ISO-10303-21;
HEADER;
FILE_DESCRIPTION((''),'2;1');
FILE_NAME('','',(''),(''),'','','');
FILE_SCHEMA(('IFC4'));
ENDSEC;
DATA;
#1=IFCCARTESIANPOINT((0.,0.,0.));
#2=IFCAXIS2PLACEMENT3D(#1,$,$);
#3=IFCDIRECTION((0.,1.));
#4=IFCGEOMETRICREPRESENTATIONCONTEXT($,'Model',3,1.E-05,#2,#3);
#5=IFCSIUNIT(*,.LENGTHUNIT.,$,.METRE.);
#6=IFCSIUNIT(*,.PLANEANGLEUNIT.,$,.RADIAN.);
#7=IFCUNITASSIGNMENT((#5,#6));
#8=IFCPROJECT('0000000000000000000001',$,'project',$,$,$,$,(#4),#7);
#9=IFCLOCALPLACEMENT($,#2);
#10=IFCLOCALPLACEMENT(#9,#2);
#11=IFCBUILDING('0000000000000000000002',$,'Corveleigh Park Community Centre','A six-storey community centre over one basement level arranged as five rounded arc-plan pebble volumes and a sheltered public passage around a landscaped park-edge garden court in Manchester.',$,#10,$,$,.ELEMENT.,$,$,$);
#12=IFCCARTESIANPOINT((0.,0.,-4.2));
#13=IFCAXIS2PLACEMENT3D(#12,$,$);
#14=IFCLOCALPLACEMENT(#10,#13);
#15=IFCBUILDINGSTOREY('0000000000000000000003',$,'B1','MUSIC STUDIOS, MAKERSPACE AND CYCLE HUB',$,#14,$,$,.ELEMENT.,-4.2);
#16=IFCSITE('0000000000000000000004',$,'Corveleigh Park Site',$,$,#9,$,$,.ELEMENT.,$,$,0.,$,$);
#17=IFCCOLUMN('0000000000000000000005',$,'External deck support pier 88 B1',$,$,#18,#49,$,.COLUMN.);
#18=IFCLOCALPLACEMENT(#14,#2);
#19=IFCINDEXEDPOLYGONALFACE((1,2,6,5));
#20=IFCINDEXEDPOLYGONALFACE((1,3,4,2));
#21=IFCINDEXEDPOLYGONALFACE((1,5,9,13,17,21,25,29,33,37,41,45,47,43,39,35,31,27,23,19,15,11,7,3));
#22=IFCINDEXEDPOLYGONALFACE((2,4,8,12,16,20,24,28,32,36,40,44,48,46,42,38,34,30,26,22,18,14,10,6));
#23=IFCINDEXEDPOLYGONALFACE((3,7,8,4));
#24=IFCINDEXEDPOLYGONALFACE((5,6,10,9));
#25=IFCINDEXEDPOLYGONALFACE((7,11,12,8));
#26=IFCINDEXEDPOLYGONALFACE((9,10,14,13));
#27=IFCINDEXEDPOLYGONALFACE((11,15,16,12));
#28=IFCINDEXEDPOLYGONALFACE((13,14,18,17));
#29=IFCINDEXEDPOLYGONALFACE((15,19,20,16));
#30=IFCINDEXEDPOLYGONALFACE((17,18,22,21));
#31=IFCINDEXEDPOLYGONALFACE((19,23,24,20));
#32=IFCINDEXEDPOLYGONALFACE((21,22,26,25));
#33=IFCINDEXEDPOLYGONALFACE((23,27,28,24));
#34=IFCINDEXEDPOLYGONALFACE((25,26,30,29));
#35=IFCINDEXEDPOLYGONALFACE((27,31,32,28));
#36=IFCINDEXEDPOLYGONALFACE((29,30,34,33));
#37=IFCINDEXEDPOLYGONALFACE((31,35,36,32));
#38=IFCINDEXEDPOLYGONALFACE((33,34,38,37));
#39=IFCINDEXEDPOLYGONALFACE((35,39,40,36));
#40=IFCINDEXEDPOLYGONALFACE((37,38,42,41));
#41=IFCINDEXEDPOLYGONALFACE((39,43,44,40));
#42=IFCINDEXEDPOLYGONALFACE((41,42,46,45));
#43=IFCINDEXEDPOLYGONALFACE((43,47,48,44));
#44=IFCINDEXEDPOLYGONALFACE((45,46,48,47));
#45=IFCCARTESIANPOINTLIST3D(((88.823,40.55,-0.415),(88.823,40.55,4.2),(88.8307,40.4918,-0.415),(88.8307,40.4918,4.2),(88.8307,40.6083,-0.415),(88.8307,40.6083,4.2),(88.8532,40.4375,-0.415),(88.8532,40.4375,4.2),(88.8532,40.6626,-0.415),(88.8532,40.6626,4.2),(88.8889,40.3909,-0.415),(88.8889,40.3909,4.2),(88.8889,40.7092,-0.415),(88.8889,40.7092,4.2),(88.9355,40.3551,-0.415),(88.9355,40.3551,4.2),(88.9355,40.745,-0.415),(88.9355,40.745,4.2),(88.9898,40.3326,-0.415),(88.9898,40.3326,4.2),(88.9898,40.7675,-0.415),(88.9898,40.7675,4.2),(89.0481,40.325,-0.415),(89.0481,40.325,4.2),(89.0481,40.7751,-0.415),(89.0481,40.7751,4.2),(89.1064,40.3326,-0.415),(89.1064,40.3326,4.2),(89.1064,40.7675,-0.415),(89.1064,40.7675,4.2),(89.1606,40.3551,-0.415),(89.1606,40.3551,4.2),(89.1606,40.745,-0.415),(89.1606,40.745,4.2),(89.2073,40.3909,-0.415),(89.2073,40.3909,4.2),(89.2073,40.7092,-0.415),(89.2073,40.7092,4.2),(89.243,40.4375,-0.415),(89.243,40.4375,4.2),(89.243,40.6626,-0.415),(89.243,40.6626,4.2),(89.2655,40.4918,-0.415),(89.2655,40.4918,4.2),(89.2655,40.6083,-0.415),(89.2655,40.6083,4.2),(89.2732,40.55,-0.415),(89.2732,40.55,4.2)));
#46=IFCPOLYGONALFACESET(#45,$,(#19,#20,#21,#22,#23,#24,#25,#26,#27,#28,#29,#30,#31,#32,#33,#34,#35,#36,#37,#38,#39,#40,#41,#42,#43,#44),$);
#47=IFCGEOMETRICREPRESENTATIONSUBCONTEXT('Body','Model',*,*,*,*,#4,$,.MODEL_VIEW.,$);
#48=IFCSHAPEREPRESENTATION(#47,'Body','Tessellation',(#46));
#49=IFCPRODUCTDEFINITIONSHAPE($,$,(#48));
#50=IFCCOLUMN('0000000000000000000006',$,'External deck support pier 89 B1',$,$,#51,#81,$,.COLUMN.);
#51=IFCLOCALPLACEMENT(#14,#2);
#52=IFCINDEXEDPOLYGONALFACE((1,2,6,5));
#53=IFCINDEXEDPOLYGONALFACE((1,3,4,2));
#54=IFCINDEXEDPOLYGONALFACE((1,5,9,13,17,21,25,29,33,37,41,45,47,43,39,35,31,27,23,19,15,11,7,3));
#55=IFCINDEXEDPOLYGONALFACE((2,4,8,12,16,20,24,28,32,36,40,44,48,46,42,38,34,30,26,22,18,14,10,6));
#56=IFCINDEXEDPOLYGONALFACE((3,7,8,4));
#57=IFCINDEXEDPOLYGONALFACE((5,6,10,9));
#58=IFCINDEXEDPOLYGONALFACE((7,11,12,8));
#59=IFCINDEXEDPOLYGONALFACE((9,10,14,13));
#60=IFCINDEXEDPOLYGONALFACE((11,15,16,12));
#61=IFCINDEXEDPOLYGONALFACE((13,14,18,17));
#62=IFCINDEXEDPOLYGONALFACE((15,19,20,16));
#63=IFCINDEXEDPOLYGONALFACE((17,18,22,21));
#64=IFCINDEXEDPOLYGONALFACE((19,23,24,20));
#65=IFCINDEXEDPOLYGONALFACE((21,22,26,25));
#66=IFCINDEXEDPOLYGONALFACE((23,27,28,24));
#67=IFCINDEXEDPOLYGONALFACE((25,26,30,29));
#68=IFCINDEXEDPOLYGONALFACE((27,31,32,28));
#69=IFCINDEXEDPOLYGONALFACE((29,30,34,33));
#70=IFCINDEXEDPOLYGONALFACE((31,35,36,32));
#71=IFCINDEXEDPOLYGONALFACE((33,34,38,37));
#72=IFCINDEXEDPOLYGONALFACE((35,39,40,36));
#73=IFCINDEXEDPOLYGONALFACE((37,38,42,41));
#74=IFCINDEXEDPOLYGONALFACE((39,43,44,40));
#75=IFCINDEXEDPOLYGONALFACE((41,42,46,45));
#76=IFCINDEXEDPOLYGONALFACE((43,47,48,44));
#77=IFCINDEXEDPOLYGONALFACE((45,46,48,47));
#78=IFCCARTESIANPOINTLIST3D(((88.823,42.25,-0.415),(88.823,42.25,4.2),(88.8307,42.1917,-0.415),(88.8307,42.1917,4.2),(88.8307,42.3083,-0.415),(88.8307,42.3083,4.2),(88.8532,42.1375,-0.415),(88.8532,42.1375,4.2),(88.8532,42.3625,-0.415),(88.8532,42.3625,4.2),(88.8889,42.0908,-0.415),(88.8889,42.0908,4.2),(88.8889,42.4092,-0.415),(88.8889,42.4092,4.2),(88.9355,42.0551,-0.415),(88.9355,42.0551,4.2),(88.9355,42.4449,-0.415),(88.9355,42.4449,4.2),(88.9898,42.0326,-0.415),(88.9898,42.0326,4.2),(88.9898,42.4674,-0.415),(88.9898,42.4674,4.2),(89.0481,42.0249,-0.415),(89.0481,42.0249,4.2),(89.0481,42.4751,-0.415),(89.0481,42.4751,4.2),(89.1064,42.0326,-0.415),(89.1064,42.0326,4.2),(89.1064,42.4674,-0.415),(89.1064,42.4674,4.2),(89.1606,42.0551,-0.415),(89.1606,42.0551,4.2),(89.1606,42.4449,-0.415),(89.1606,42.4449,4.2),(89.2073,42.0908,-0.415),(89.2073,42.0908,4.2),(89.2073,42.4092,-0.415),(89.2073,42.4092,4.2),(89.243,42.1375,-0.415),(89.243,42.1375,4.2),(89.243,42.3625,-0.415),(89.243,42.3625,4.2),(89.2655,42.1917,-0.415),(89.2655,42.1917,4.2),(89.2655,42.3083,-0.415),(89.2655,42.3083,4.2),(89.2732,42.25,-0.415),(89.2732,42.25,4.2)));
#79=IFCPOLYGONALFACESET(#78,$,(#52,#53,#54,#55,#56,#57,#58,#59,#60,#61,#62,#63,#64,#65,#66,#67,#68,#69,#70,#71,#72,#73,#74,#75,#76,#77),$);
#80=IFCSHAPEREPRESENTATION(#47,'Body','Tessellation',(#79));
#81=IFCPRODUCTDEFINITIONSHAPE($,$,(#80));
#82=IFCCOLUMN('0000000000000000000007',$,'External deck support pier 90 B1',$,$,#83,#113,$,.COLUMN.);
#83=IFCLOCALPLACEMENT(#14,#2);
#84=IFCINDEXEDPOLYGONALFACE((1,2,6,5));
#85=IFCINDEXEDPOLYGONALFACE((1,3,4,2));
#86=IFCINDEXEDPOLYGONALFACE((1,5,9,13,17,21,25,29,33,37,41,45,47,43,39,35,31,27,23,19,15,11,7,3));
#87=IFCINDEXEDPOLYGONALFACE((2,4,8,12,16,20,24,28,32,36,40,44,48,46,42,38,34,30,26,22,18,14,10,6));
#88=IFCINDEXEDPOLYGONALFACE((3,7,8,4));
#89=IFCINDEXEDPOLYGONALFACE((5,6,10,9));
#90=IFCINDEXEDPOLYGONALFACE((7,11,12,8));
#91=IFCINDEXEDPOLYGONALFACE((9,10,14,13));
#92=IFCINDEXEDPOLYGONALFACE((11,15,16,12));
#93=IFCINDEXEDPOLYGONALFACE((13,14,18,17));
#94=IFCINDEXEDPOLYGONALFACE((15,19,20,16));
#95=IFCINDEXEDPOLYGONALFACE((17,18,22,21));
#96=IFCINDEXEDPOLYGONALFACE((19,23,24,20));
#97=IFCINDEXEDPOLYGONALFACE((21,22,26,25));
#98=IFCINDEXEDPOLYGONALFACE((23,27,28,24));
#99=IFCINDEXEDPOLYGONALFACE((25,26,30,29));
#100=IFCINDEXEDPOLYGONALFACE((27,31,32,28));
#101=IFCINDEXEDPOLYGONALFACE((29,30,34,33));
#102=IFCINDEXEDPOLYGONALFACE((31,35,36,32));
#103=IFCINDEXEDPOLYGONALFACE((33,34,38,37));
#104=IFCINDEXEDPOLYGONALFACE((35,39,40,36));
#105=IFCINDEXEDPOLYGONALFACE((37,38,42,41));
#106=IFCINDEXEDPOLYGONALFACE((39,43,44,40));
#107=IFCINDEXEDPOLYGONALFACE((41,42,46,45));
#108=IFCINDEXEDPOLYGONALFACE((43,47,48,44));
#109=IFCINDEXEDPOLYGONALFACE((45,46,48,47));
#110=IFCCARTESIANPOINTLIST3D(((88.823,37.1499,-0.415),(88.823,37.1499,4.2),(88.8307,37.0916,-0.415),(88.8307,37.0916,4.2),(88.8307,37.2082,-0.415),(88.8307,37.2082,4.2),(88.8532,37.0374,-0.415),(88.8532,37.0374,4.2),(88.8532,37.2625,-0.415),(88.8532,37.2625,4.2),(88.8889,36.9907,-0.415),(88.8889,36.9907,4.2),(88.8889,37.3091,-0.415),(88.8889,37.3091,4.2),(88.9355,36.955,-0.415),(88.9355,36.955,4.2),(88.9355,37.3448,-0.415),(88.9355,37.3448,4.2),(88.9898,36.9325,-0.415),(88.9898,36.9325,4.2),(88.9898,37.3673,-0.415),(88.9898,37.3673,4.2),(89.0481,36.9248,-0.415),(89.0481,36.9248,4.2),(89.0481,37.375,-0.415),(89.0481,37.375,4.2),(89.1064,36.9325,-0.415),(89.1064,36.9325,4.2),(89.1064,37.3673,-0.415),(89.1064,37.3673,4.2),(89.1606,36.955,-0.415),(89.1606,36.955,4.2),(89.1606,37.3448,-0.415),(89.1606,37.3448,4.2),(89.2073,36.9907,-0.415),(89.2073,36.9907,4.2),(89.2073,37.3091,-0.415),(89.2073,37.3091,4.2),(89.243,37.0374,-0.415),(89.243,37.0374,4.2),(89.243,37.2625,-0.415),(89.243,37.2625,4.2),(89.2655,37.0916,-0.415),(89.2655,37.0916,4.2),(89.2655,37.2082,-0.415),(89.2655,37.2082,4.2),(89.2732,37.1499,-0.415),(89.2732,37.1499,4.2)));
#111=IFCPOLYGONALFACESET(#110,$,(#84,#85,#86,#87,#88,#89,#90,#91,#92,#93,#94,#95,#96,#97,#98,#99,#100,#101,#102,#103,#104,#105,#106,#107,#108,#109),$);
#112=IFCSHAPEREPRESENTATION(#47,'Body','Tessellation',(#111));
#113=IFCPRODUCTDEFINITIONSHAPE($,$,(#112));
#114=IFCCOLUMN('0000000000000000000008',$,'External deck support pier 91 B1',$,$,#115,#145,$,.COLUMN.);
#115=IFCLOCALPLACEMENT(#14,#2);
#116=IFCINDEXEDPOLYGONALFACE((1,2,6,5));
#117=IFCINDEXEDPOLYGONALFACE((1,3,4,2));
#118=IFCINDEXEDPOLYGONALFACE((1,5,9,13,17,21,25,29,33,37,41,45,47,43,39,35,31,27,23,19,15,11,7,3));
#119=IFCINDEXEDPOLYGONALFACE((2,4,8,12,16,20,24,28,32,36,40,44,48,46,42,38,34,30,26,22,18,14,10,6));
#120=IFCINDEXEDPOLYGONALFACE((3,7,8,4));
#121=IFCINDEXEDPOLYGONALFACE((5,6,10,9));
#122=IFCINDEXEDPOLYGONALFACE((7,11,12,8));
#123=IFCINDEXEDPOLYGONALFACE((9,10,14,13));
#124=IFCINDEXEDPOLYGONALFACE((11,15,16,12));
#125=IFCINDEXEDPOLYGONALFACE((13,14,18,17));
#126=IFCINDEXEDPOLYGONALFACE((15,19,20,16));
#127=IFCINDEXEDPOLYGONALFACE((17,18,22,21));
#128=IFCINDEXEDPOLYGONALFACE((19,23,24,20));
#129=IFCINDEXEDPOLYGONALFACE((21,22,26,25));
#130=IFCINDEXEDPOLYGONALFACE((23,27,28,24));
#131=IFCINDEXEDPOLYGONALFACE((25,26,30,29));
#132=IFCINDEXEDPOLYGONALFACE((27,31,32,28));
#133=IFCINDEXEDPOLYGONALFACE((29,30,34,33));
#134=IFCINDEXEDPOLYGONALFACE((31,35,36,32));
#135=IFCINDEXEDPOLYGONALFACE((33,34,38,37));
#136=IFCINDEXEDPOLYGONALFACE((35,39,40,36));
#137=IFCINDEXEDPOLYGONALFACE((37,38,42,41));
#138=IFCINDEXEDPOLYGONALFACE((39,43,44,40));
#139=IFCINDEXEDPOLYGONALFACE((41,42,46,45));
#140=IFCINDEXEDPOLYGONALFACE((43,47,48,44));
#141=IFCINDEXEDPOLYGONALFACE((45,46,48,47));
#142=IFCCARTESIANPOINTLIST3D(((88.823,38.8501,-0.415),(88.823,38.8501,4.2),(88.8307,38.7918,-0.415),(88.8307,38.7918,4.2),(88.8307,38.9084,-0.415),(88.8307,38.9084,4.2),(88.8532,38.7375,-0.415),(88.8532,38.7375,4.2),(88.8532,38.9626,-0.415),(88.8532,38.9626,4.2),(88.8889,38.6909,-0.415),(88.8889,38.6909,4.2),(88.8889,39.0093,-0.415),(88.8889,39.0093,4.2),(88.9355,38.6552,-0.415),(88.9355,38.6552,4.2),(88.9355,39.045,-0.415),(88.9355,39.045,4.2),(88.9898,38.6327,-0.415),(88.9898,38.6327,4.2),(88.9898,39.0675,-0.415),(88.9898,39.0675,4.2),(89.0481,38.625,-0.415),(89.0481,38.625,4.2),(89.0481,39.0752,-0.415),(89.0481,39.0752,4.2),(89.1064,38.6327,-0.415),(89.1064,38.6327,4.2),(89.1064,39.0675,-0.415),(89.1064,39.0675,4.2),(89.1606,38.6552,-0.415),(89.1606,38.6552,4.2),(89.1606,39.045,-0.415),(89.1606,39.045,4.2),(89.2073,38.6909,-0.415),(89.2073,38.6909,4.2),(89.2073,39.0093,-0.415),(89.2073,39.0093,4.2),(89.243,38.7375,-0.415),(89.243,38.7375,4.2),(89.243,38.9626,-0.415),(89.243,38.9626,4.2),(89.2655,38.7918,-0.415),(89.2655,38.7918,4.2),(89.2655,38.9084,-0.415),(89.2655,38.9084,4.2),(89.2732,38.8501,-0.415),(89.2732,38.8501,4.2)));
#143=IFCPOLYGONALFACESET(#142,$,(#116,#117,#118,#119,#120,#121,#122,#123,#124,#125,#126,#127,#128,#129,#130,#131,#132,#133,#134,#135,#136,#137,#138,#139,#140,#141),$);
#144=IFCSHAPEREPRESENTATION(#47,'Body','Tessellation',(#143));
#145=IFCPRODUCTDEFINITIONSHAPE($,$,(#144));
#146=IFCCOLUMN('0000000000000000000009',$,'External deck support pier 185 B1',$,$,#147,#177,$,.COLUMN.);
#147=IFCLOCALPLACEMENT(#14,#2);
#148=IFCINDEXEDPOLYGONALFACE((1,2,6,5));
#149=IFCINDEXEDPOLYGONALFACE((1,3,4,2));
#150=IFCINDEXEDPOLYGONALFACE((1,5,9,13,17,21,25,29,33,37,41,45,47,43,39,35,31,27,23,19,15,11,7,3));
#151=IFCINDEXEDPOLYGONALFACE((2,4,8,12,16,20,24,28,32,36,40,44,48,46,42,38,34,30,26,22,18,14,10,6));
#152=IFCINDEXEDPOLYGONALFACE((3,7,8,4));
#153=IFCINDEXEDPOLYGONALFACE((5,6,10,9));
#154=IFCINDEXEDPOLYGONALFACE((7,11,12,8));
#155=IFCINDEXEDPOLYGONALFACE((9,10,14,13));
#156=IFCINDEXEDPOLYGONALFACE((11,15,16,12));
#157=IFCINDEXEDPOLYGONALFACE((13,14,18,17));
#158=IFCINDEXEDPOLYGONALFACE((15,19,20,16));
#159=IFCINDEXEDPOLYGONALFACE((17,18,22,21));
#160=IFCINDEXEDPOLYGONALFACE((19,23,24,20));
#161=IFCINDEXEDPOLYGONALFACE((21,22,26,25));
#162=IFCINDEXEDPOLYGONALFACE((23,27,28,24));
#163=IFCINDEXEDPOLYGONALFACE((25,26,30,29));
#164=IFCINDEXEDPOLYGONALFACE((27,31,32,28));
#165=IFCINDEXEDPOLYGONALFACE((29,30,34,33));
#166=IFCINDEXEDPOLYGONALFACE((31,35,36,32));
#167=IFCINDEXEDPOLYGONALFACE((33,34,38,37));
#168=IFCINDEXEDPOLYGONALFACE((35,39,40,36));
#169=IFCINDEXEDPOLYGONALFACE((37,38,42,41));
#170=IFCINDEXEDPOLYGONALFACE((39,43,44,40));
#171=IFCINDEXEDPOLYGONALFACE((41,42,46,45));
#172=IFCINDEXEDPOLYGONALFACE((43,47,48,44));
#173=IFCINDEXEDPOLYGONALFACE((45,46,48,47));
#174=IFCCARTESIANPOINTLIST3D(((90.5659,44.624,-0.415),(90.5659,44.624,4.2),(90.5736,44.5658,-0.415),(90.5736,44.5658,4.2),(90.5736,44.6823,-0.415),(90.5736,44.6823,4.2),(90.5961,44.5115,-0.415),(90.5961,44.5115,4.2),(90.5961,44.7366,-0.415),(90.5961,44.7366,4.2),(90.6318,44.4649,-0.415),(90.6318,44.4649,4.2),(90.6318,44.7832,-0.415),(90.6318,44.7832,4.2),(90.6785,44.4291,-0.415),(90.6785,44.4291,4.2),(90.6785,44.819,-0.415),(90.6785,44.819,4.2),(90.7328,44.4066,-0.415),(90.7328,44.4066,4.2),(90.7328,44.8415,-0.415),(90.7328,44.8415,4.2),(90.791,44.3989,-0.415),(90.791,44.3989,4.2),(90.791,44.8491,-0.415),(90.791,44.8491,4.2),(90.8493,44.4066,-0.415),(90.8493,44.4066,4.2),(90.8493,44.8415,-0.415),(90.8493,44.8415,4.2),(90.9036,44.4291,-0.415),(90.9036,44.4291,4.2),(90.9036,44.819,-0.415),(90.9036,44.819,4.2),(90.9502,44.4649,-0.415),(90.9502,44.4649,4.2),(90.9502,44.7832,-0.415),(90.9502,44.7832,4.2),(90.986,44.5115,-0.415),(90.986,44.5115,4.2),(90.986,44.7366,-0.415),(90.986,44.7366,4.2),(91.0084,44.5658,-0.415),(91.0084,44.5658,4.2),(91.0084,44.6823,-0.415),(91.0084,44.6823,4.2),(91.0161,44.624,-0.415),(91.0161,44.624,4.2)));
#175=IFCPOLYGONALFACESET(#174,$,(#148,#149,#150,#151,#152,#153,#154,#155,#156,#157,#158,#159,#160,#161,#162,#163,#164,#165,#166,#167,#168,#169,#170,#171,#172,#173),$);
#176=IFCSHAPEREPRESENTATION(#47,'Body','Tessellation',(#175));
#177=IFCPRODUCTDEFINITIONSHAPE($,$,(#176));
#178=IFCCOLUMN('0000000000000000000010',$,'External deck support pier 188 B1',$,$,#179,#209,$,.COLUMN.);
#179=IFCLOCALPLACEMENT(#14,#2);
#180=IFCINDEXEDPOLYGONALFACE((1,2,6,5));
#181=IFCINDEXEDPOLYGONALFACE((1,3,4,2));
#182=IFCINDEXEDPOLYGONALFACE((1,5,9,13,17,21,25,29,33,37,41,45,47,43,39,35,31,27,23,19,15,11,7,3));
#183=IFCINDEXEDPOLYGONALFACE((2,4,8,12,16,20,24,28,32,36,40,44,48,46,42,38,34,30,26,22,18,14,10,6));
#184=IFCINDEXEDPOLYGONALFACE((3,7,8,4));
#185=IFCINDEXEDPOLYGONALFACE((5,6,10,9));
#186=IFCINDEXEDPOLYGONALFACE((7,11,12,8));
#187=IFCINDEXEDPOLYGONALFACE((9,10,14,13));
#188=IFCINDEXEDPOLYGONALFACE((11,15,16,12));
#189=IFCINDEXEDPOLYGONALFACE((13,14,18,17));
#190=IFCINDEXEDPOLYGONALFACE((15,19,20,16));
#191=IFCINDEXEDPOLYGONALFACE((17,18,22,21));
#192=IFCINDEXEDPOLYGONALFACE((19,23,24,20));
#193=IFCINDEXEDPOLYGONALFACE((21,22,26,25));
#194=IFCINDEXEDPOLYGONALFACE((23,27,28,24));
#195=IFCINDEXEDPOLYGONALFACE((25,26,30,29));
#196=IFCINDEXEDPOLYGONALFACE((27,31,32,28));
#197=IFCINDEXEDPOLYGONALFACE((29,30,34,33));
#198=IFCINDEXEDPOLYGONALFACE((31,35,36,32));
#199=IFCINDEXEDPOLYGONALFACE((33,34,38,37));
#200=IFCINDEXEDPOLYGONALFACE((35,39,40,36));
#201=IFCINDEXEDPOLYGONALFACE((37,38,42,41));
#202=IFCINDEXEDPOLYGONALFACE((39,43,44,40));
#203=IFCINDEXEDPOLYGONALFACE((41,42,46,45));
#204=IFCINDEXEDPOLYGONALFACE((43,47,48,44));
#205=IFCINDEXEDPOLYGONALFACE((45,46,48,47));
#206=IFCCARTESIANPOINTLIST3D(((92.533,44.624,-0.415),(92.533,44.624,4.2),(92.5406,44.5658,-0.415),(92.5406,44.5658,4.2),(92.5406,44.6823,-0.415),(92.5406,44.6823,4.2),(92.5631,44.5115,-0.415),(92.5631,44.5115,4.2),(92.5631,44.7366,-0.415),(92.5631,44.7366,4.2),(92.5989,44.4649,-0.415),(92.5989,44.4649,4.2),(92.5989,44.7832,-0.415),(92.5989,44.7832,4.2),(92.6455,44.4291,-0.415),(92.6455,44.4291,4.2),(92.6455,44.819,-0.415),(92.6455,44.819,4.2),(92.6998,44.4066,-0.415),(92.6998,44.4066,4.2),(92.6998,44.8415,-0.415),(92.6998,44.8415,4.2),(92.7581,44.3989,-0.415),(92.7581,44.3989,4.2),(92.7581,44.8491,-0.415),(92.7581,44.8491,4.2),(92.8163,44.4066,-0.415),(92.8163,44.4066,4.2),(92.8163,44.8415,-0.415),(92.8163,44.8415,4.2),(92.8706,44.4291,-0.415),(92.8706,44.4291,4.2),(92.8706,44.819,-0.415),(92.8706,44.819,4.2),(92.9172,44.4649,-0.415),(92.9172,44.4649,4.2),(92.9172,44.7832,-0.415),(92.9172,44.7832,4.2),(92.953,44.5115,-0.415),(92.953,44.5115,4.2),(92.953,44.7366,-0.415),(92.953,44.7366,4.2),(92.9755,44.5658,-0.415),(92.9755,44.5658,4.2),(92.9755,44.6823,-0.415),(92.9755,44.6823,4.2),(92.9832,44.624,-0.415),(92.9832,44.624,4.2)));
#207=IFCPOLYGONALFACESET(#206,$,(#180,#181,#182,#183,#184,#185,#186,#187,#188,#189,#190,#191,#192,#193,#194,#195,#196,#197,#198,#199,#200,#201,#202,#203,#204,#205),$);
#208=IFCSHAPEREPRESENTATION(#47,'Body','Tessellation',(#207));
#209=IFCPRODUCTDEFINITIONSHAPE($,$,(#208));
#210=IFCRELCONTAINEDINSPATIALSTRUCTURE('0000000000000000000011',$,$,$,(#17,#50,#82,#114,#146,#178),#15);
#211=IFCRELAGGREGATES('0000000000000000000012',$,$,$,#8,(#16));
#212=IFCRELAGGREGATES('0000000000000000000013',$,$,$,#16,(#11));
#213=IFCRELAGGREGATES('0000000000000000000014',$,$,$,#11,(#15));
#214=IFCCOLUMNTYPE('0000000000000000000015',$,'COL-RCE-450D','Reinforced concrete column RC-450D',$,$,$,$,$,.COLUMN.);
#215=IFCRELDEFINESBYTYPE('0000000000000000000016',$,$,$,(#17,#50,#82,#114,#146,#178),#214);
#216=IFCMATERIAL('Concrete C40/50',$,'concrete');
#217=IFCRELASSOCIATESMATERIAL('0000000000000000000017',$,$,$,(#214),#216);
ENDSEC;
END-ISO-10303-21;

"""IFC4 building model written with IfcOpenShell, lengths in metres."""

from ifc_helpers import new_model, si_unit, direction, frame, origin, origin_2d, place, context, subcontext, project, spatial, circle, extrude, material, material_profile, profile_set, type_object, element, save


model = new_model("IFC4")

# Units and contexts
model_context = context("Model", 3, precision=1e-05, world=origin(), true_north=direction((0.0, 1.0)))
body_context = subcontext(model_context, "Body", "Model", "MODEL_VIEW")
ifc_project = project(units=[si_unit("LENGTHUNIT", "METRE"), si_unit("PLANEANGLEUNIT", "RADIAN")], contexts=[model_context])

# Site, building, storey
site_placement = place(None, origin())
site = spatial("IfcSite", under=ifc_project, at=site_placement, Name="Corveleigh Park Site", CompositionType="ELEMENT", RefElevation=0.0)
building_placement = place(site_placement, origin())
building = spatial("IfcBuilding", under=site, at=building_placement, Name="Corveleigh Park Community Centre", Description="A six-storey community centre over one basement level arranged as five rounded arc-plan pebble volumes and a sheltered public passage around a landscaped park-edge garden court in Manchester.", CompositionType="ELEMENT")
storey_placement = place(building_placement, frame((0.0, 0.0, -4.2)))
storey = spatial("IfcBuildingStorey", under=building, at=storey_placement, Name="B1", Description="MUSIC STUDIOS, MAKERSPACE AND CYCLE HUB", CompositionType="ELEMENT", Elevation=-4.2)

# Shared definitions
ifc_material_1 = material(Name="Concrete C40/50", Category="concrete")

# Columns
ifc_material_profile_1 = material_profile(ifc_material_1, circle(Radius=0.2251, at=origin_2d()), Name="RC-450D", Category="concrete")
ifc_profile_set_1 = profile_set([ifc_material_profile_1], Name="Concrete C40/50")
column_type_1 = type_object("IfcColumnType", Name="COL-RCE-450D", Description="Reinforced concrete column RC-450D", PredefinedType="COLUMN", material=ifc_profile_set_1)
for number, where, z_axis, x_axis, name in (
    (1, (89.0481, 40.55, -0.415), (0.0, 0.0, 1.0), (1.0, 0.0, 0.0), "External deck support pier 88 B1"),
    (2, (89.0481, 42.25, -0.415), (0.0, 0.0, 1.0), (1.0, 0.0, 0.0), "External deck support pier 89 B1"),
    (3, (89.0481, 37.1499, -0.415), (0.0, 0.0, 1.0), (1.0, 0.0, 0.0), "External deck support pier 90 B1"),
    (4, (89.0481, 38.8501, -0.415), (0.0, 0.0, 1.0), (1.0, 0.0, 0.0), "External deck support pier 91 B1"),
    (5, (90.791, 44.624, -0.415), (0.0, 0.0, 1.0), (1.0, 0.0, 0.0), "External deck support pier 185 B1"),
    (6, (92.7581, 44.624, -0.415), (0.0, 0.0, 1.0), (1.0, 0.0, 0.0), "External deck support pier 188 B1"),
):
    element("IfcColumn", number, at=place(storey_placement, frame(where, z_axis=z_axis, x_axis=x_axis)), inside=storey, type_object=column_type_1, Name=name, PredefinedType="COLUMN", context=body_context, shape_type="SweptSolid", body=[
        extrude(circle(Radius=0.2251, at=origin_2d()), origin(), (0.0, 0.0, 1.0), 4.615),
    ])

save(model, "model.ifc")
